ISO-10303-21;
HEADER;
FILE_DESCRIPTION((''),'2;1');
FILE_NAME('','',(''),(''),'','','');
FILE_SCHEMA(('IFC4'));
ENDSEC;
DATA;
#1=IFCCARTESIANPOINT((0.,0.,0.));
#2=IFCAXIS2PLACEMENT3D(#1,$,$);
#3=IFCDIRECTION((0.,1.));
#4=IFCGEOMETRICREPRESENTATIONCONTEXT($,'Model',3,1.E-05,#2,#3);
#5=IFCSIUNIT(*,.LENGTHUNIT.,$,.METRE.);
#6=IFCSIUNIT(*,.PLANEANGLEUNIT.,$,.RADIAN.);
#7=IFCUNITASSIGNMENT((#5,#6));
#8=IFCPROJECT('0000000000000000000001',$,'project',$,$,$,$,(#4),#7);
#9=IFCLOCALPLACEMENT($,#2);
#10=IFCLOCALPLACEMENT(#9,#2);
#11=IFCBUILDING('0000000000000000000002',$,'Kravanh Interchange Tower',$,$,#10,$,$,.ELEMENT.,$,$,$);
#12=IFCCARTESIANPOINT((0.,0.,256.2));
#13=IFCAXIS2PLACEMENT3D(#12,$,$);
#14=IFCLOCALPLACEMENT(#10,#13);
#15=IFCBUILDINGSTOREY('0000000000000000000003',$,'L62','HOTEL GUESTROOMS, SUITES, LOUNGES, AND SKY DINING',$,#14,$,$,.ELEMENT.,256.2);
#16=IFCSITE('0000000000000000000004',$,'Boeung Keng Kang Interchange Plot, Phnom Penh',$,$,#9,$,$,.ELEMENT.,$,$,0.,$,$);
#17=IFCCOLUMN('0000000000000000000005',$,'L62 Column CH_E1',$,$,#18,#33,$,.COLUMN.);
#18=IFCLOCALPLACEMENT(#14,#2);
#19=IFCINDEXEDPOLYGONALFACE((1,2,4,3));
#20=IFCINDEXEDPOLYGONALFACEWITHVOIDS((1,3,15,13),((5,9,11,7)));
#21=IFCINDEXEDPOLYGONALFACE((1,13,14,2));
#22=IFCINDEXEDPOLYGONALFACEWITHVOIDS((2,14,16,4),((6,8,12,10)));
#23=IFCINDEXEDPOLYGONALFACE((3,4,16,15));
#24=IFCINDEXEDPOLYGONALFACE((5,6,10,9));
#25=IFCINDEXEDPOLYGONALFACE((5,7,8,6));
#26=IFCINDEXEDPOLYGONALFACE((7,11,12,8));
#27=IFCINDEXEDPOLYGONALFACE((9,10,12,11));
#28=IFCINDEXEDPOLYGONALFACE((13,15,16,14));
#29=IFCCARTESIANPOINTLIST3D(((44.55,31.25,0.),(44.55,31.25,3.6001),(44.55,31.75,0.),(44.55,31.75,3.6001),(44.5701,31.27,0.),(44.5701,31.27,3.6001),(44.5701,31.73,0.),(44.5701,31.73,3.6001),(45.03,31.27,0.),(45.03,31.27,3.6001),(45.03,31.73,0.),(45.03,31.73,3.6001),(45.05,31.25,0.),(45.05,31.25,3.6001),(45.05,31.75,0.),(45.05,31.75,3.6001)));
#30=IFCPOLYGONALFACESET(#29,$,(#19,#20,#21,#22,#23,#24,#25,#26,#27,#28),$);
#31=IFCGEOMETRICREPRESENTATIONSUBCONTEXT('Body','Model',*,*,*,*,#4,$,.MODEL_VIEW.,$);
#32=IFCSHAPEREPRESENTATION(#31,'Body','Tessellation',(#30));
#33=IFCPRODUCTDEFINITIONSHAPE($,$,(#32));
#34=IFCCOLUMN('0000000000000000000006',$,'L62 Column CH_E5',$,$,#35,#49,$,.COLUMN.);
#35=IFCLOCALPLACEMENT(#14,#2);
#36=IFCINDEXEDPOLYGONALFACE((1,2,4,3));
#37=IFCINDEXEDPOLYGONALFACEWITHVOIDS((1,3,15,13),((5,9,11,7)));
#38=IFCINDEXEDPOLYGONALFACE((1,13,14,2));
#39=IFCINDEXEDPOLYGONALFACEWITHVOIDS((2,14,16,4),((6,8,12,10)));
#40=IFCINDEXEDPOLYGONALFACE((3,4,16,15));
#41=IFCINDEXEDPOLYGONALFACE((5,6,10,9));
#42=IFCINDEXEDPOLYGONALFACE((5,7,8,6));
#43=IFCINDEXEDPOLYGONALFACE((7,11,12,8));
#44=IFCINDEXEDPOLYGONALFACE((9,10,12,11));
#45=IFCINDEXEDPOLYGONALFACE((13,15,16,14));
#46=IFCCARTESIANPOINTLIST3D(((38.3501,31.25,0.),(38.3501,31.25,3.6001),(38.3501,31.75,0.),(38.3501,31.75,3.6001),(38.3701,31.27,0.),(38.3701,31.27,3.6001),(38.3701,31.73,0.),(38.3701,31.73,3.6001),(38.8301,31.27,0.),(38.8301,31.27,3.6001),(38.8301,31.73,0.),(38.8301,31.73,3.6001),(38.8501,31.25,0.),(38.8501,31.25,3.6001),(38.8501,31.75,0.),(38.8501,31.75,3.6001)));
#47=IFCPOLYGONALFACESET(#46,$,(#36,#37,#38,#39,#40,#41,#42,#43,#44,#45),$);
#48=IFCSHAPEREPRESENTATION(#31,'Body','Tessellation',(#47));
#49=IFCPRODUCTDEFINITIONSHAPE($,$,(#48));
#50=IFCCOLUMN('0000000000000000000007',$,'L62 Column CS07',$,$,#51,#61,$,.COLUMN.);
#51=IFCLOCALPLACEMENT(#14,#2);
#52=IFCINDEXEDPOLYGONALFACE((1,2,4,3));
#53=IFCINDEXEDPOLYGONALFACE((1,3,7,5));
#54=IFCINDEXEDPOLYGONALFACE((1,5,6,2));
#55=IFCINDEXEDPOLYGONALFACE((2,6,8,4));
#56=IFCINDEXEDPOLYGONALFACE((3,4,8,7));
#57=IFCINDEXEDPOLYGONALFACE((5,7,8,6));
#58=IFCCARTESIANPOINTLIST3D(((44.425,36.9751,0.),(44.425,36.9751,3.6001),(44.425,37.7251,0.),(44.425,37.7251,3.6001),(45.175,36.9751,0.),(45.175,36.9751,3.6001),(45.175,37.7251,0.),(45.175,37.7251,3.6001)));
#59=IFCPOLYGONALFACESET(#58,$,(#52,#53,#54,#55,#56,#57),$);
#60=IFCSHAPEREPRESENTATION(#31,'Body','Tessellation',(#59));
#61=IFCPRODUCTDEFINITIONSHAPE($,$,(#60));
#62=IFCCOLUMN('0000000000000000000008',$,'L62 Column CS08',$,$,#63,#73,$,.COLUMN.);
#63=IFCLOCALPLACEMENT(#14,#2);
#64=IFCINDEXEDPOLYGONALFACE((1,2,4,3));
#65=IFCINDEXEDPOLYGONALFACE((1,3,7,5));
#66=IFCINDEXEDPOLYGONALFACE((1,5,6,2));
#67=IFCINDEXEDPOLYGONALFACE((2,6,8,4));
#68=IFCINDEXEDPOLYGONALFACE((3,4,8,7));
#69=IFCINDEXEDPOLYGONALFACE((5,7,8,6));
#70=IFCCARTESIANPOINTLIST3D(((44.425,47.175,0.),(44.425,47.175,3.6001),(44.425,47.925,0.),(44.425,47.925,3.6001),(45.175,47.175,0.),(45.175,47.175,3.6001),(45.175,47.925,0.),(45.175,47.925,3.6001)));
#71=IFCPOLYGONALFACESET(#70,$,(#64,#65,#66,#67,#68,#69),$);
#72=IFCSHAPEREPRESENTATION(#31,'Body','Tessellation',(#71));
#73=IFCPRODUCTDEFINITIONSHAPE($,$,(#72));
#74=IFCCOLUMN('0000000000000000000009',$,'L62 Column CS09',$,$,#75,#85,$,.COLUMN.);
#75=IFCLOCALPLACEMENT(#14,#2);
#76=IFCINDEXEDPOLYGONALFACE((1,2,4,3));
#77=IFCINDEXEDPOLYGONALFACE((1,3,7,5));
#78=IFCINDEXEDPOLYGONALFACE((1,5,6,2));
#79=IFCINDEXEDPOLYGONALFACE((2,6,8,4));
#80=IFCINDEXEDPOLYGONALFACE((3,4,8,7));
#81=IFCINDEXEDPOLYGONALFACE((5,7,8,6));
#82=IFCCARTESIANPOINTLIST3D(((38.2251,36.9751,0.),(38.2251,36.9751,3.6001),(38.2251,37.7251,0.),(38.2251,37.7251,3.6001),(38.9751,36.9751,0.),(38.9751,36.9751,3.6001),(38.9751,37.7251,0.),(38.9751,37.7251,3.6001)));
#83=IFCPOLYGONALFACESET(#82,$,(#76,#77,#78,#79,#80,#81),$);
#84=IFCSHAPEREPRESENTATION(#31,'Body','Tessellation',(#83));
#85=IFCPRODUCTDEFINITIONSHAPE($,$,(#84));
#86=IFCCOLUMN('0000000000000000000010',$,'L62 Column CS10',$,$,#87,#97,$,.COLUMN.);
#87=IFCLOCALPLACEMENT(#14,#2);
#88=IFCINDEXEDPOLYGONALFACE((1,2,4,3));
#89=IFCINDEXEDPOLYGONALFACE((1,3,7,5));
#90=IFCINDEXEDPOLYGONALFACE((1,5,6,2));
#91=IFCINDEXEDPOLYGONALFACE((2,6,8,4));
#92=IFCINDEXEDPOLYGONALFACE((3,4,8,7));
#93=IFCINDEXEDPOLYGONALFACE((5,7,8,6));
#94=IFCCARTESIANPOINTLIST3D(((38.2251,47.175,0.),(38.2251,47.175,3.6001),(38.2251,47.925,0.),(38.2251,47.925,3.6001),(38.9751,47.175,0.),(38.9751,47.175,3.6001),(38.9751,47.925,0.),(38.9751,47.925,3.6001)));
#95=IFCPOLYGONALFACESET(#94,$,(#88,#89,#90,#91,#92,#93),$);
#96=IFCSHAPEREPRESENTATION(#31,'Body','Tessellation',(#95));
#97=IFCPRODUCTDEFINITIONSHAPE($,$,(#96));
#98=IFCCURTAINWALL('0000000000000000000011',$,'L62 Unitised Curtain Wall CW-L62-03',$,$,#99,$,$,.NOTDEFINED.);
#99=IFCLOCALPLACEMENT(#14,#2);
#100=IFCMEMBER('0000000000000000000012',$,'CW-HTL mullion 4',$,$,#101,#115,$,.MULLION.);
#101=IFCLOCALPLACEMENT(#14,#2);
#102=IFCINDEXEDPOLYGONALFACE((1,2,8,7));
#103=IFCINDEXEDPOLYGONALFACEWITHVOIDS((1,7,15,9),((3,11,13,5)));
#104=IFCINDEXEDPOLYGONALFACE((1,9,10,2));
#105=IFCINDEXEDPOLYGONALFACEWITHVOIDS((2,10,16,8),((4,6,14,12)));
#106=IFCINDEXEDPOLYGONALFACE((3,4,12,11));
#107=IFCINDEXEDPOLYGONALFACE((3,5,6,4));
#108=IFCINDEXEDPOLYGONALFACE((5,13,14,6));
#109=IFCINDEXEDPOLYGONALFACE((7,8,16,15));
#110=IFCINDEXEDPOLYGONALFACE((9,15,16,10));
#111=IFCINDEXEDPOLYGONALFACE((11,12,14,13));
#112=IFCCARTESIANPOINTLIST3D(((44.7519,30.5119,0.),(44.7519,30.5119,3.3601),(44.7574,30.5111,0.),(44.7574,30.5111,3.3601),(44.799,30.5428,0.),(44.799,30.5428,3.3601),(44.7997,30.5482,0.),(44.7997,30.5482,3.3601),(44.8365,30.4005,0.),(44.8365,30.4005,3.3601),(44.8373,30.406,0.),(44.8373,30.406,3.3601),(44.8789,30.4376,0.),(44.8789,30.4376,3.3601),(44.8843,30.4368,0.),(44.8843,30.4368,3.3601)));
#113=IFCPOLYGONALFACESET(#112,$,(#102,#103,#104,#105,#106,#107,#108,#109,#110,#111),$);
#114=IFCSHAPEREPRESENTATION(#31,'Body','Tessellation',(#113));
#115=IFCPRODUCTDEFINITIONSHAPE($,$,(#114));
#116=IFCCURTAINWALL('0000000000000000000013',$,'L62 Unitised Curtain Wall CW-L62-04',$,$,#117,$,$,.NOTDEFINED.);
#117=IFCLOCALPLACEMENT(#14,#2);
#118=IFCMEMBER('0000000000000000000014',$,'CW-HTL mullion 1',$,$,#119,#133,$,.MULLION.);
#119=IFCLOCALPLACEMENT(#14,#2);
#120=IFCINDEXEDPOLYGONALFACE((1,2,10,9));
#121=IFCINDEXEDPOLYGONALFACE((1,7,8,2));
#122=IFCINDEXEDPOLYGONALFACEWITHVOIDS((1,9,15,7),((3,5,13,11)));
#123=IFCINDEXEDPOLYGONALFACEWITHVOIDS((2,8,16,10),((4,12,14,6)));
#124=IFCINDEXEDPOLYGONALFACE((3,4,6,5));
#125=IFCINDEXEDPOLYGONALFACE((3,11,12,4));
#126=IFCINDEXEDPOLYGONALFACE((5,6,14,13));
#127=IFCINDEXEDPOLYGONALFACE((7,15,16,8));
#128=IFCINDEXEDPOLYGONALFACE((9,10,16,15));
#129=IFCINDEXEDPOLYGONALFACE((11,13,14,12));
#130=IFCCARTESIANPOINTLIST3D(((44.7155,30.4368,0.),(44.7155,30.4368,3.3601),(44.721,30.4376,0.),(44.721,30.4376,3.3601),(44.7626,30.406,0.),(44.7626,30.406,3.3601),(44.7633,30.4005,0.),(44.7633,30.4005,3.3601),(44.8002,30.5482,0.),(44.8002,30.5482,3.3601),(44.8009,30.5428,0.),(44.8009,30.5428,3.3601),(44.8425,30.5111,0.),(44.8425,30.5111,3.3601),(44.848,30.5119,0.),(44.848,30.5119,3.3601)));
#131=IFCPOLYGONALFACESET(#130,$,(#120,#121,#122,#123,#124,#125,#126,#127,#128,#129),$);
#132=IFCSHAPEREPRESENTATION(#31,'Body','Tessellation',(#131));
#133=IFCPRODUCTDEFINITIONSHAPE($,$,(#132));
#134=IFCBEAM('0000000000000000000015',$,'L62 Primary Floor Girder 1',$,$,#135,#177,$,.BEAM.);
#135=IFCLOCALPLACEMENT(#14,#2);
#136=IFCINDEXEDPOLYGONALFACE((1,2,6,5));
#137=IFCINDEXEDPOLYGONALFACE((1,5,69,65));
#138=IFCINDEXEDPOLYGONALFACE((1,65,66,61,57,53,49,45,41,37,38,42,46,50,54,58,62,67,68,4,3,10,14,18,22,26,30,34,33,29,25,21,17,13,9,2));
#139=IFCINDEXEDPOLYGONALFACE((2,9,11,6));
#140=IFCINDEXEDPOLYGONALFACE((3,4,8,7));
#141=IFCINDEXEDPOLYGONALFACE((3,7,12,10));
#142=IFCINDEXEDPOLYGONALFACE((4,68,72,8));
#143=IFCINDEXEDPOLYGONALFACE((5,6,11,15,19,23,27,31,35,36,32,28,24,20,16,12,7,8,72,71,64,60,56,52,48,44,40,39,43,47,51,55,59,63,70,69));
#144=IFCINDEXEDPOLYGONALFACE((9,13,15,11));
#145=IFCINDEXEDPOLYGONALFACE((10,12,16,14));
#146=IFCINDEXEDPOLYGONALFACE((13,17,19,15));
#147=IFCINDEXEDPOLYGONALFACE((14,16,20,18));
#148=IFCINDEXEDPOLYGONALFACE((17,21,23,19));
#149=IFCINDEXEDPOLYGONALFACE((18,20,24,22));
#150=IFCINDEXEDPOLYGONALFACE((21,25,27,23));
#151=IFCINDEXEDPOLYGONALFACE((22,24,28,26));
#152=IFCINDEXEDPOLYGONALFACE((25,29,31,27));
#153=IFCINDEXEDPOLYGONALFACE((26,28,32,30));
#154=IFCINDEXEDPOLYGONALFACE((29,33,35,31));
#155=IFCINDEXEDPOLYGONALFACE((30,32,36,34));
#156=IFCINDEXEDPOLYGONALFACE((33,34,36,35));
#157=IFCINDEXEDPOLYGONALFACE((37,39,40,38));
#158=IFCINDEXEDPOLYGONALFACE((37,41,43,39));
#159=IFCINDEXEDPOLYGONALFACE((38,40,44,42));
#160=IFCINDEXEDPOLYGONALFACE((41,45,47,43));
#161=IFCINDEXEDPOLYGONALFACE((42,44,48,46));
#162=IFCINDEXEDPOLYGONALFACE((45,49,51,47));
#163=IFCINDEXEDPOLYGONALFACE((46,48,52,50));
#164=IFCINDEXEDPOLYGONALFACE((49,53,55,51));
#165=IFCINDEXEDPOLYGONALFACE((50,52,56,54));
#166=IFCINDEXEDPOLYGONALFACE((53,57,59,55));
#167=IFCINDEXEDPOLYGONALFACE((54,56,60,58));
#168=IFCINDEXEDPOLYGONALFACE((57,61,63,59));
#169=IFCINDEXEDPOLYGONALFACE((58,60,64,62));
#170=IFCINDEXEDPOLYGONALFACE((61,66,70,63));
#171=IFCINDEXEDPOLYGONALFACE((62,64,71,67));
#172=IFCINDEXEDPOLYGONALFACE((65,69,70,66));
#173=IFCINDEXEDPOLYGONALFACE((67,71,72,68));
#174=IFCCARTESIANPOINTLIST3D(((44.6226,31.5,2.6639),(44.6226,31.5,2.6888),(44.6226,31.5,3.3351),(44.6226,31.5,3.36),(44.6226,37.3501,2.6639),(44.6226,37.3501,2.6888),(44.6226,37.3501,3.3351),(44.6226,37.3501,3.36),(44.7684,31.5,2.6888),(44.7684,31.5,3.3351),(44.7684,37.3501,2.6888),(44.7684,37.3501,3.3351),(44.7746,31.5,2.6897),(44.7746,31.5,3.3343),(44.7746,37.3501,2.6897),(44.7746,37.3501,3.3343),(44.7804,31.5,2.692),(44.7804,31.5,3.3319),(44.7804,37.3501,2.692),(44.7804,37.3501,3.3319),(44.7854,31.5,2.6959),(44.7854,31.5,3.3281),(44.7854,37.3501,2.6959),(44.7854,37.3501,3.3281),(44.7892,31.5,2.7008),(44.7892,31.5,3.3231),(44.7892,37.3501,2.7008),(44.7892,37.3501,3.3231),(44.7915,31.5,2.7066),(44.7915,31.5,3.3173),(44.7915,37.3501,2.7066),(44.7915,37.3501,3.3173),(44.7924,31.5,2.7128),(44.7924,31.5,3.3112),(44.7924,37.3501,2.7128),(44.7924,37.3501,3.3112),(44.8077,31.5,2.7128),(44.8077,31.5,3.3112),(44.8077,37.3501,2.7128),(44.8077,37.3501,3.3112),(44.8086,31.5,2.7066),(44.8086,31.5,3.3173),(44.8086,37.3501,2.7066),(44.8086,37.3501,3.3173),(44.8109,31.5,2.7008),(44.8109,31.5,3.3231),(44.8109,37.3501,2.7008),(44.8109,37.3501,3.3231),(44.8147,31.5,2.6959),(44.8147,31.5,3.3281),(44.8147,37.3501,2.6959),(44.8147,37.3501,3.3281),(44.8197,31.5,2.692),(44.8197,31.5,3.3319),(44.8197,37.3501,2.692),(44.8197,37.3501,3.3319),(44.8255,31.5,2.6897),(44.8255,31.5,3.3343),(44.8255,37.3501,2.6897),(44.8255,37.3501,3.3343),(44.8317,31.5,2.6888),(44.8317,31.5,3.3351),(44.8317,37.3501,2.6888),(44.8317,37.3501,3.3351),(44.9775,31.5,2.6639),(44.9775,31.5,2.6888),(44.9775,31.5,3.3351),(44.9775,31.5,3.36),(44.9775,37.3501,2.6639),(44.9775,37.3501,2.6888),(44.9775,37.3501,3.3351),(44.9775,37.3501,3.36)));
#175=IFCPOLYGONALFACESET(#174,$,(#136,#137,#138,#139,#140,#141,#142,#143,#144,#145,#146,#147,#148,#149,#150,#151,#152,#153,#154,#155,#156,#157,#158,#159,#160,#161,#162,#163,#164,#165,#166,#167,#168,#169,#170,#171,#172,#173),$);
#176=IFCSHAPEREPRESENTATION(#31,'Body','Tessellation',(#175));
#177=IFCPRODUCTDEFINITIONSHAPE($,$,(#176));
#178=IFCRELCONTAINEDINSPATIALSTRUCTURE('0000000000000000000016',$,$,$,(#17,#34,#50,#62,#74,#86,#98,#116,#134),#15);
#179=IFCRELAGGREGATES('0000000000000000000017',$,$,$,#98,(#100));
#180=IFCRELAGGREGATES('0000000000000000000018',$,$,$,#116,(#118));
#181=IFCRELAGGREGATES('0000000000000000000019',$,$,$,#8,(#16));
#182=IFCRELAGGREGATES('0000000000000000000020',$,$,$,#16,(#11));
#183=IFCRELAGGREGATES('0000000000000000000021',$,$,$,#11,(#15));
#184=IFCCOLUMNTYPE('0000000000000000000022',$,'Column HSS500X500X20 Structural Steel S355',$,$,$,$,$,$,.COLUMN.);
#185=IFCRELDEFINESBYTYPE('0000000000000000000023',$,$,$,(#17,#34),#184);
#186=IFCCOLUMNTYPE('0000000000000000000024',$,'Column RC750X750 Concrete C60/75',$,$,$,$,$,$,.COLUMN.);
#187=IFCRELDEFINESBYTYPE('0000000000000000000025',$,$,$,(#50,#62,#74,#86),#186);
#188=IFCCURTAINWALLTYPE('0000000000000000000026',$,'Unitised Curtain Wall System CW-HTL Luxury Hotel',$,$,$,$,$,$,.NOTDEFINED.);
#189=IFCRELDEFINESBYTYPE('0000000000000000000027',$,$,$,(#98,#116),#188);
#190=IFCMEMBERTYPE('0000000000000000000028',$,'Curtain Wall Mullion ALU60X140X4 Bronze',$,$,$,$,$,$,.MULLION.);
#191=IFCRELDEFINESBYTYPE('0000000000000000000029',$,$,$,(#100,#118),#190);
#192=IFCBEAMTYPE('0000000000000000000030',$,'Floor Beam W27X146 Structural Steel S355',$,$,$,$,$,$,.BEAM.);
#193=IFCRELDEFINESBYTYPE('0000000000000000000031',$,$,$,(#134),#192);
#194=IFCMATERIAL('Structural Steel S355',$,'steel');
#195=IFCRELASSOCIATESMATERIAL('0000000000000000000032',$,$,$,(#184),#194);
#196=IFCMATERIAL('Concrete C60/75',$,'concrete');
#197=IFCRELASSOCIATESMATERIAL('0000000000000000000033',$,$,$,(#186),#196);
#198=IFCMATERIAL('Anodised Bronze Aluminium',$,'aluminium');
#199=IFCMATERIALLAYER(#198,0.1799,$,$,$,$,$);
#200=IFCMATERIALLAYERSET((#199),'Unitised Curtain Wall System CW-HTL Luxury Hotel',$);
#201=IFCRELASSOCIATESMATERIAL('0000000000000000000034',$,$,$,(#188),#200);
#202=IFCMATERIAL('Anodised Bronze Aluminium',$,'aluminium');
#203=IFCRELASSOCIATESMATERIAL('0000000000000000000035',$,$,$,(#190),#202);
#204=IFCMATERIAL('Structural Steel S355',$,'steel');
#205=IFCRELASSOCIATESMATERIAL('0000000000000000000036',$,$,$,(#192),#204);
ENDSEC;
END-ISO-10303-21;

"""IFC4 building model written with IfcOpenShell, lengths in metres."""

from ifc_helpers import new_model, si_unit, direction, frame, origin, origin_2d, place, context, subcontext, project, spatial, rectangle, hollow_rectangle, i_section, extrude, material, layer, layer_set, material_profile, profile_set, type_object, element, aggregate, save


model = new_model("IFC4")

# Units and contexts
model_context = context("Model", 3, precision=1e-05, world=origin(), true_north=direction((0.0, 1.0)))
body_context = subcontext(model_context, "Body", "Model", "MODEL_VIEW")
ifc_project = project(units=[si_unit("LENGTHUNIT", "METRE"), si_unit("PLANEANGLEUNIT", "RADIAN")], contexts=[model_context])

# Site, building, storey
site_placement = place(None, origin())
site = spatial("IfcSite", under=ifc_project, at=site_placement, Name="Boeung Keng Kang Interchange Plot, Phnom Penh", CompositionType="ELEMENT", RefElevation=0.0)
building_placement = place(site_placement, origin())
building = spatial("IfcBuilding", under=site, at=building_placement, Name="Kravanh Interchange Tower", CompositionType="ELEMENT")
storey_placement = place(building_placement, frame((0.0, 0.0, 256.2)))
storey = spatial("IfcBuildingStorey", under=building, at=storey_placement, Name="L62", Description="HOTEL GUESTROOMS, SUITES, LOUNGES, AND SKY DINING", CompositionType="ELEMENT", Elevation=256.2)

# Columns
ifc_material_1 = material(Name="Structural Steel S355", Category="steel")
ifc_material_profile_1 = material_profile(ifc_material_1, hollow_rectangle(XDim=0.5, YDim=0.5, WallThickness=0.02, at=origin_2d()), Name="HSS500X500X20")
ifc_profile_set_1 = profile_set([ifc_material_profile_1], Name="Structural Steel S355")
column_type_1 = type_object("IfcColumnType", Name="Column HSS500X500X20 Structural Steel S355", PredefinedType="COLUMN", material=ifc_profile_set_1)
for number, where, z_axis, x_axis, name in (
    (1, (44.8, 31.5, 0.0), (0.0, 0.0, 1.0), (1.0, 0.0, 0.0), "L62 Column CH_E1"),
    (2, (38.6001, 31.5, 0.0), (0.0, 0.0, 1.0), (1.0, 0.0, 0.0), "L62 Column CH_E5"),
):
    element("IfcColumn", number, at=place(storey_placement, frame(where, z_axis=z_axis, x_axis=x_axis)), inside=storey, type_object=column_type_1, Name=name, PredefinedType="COLUMN", context=body_context, shape_type="SweptSolid", body=[
        extrude(hollow_rectangle(XDim=0.5, YDim=0.5, WallThickness=0.02, at=origin_2d()), origin(), (0.0, 0.0, 1.0), 3.6001),
    ])
ifc_material_2 = material(Name="Concrete C60/75", Category="concrete")
ifc_material_profile_2 = material_profile(ifc_material_2, rectangle(XDim=0.75, YDim=0.75, at=origin_2d()), Name="RC750X750")
ifc_profile_set_2 = profile_set([ifc_material_profile_2], Name="Concrete C60/75")
column_type_2 = type_object("IfcColumnType", Name="Column RC750X750 Concrete C60/75", PredefinedType="COLUMN", material=ifc_profile_set_2)
for number, where, z_axis, x_axis, name in (
    (3, (44.8, 37.3501, 0.0), (0.0, 0.0, 1.0), (1.0, 0.0, 0.0), "L62 Column CS07"),
    (4, (44.8, 47.55, 0.0), (0.0, 0.0, 1.0), (1.0, 0.0, 0.0), "L62 Column CS08"),
    (5, (38.6001, 37.3501, 0.0), (0.0, 0.0, 1.0), (1.0, 0.0, 0.0), "L62 Column CS09"),
    (6, (38.6001, 47.55, 0.0), (0.0, 0.0, 1.0), (1.0, 0.0, 0.0), "L62 Column CS10"),
):
    element("IfcColumn", number, at=place(storey_placement, frame(where, z_axis=z_axis, x_axis=x_axis)), inside=storey, type_object=column_type_2, Name=name, PredefinedType="COLUMN", context=body_context, shape_type="SweptSolid", body=[
        extrude(rectangle(XDim=0.75, YDim=0.75, at=origin_2d()), origin(), (0.0, 0.0, 1.0), 3.6001),
    ])

# Curtain walls, members
ifc_material_3 = material(Name="Anodised Bronze Aluminium", Category="aluminium")
ifc_layer_1 = layer(ifc_material_3, 0.1799)
ifc_layer_set_1 = layer_set([ifc_layer_1], Name="Unitised Curtain Wall System CW-HTL Luxury Hotel")
curtain_wall_type = type_object("IfcCurtainWallType", Name="Unitised Curtain Wall System CW-HTL Luxury Hotel", PredefinedType="NOTDEFINED", material=ifc_layer_set_1)
curtain_wall_1_placement = place(storey_placement, origin())
curtain_wall_1 = element("IfcCurtainWall", 7, at=curtain_wall_1_placement, inside=storey, type_object=curtain_wall_type, Name="L62 Unitised Curtain Wall CW-L62-03", PredefinedType="NOTDEFINED")
ifc_material_4 = material(Name="Anodised Bronze Aluminium", Category="aluminium")
ifc_material_profile_3 = material_profile(ifc_material_4, hollow_rectangle(XDim=0.0601, YDim=0.1399, WallThickness=0.0039, at=origin_2d()), Name="ALU60X140X4")
ifc_profile_set_3 = profile_set([ifc_material_profile_3], Name="Anodised Bronze Aluminium")
member_type = type_object("IfcMemberType", Name="Curtain Wall Mullion ALU60X140X4 Bronze", PredefinedType="MULLION", material=ifc_profile_set_3)
member_1_placement = place(storey_placement, frame((44.8181, 30.4744, 0.0), z_axis=(0.0, 0.0, 1.0), x_axis=(-0.796162, -0.605083, 0.0)))
member_1 = element("IfcMember", 8, at=member_1_placement, type_object=member_type, Name="CW-HTL mullion 4", PredefinedType="MULLION", context=body_context, shape_type="SweptSolid", body=[
    extrude(hollow_rectangle(XDim=0.0601, YDim=0.1399, WallThickness=0.0039, at=origin_2d()), origin(), (0.0, 0.0, 1.0), 3.3601),
])
aggregate(curtain_wall_1, [member_1])
curtain_wall_2_placement = place(storey_placement, origin())
curtain_wall_2 = element("IfcCurtainWall", 9, at=curtain_wall_2_placement, inside=storey, type_object=curtain_wall_type, Name="L62 Unitised Curtain Wall CW-L62-04", PredefinedType="NOTDEFINED")
member_2_placement = place(storey_placement, frame((44.7817, 30.4744, 0.0), z_axis=(0.0, 0.0, 1.0), x_axis=(0.796162, -0.605083, 0.0)))
member_2 = element("IfcMember", 10, at=member_2_placement, type_object=member_type, Name="CW-HTL mullion 1", PredefinedType="MULLION", context=body_context, shape_type="SweptSolid", body=[
    extrude(hollow_rectangle(XDim=0.0601, YDim=0.1399, WallThickness=0.0039, at=origin_2d()), origin(), (0.0, 0.0, 1.0), 3.3601),
])
aggregate(curtain_wall_2, [member_2])

# Beam
ifc_material_5 = material(Name="Structural Steel S355", Category="steel")
ifc_material_profile_4 = material_profile(ifc_material_5, i_section(OverallWidth=0.355, OverallDepth=0.696, WebThickness=0.0154, FlangeThickness=0.0249, FilletRadius=0.0239, at=origin_2d()), Name="W27X146")
ifc_profile_set_4 = profile_set([ifc_material_profile_4], Name="Structural Steel S355")
beam_type_1 = type_object("IfcBeamType", Name="Floor Beam W27X146 Structural Steel S355", PredefinedType="BEAM", material=ifc_profile_set_4)
beam_1_placement = place(storey_placement, frame((44.8, 31.5, 3.012), z_axis=(0.0, 1.0, 0.0), x_axis=(-1.0, 0.0, 0.0)))
element("IfcBeam", 11, at=beam_1_placement, inside=storey, type_object=beam_type_1, Name="L62 Primary Floor Girder 1", PredefinedType="BEAM", context=body_context, shape_type="SweptSolid", body=[
    extrude(i_section(OverallWidth=0.355, OverallDepth=0.696, WebThickness=0.0154, FlangeThickness=0.0249, FilletRadius=0.0239, at=origin_2d()), origin(), (0.0, 0.0, 1.0), 5.8501),
])

save(model, "model.ifc")
